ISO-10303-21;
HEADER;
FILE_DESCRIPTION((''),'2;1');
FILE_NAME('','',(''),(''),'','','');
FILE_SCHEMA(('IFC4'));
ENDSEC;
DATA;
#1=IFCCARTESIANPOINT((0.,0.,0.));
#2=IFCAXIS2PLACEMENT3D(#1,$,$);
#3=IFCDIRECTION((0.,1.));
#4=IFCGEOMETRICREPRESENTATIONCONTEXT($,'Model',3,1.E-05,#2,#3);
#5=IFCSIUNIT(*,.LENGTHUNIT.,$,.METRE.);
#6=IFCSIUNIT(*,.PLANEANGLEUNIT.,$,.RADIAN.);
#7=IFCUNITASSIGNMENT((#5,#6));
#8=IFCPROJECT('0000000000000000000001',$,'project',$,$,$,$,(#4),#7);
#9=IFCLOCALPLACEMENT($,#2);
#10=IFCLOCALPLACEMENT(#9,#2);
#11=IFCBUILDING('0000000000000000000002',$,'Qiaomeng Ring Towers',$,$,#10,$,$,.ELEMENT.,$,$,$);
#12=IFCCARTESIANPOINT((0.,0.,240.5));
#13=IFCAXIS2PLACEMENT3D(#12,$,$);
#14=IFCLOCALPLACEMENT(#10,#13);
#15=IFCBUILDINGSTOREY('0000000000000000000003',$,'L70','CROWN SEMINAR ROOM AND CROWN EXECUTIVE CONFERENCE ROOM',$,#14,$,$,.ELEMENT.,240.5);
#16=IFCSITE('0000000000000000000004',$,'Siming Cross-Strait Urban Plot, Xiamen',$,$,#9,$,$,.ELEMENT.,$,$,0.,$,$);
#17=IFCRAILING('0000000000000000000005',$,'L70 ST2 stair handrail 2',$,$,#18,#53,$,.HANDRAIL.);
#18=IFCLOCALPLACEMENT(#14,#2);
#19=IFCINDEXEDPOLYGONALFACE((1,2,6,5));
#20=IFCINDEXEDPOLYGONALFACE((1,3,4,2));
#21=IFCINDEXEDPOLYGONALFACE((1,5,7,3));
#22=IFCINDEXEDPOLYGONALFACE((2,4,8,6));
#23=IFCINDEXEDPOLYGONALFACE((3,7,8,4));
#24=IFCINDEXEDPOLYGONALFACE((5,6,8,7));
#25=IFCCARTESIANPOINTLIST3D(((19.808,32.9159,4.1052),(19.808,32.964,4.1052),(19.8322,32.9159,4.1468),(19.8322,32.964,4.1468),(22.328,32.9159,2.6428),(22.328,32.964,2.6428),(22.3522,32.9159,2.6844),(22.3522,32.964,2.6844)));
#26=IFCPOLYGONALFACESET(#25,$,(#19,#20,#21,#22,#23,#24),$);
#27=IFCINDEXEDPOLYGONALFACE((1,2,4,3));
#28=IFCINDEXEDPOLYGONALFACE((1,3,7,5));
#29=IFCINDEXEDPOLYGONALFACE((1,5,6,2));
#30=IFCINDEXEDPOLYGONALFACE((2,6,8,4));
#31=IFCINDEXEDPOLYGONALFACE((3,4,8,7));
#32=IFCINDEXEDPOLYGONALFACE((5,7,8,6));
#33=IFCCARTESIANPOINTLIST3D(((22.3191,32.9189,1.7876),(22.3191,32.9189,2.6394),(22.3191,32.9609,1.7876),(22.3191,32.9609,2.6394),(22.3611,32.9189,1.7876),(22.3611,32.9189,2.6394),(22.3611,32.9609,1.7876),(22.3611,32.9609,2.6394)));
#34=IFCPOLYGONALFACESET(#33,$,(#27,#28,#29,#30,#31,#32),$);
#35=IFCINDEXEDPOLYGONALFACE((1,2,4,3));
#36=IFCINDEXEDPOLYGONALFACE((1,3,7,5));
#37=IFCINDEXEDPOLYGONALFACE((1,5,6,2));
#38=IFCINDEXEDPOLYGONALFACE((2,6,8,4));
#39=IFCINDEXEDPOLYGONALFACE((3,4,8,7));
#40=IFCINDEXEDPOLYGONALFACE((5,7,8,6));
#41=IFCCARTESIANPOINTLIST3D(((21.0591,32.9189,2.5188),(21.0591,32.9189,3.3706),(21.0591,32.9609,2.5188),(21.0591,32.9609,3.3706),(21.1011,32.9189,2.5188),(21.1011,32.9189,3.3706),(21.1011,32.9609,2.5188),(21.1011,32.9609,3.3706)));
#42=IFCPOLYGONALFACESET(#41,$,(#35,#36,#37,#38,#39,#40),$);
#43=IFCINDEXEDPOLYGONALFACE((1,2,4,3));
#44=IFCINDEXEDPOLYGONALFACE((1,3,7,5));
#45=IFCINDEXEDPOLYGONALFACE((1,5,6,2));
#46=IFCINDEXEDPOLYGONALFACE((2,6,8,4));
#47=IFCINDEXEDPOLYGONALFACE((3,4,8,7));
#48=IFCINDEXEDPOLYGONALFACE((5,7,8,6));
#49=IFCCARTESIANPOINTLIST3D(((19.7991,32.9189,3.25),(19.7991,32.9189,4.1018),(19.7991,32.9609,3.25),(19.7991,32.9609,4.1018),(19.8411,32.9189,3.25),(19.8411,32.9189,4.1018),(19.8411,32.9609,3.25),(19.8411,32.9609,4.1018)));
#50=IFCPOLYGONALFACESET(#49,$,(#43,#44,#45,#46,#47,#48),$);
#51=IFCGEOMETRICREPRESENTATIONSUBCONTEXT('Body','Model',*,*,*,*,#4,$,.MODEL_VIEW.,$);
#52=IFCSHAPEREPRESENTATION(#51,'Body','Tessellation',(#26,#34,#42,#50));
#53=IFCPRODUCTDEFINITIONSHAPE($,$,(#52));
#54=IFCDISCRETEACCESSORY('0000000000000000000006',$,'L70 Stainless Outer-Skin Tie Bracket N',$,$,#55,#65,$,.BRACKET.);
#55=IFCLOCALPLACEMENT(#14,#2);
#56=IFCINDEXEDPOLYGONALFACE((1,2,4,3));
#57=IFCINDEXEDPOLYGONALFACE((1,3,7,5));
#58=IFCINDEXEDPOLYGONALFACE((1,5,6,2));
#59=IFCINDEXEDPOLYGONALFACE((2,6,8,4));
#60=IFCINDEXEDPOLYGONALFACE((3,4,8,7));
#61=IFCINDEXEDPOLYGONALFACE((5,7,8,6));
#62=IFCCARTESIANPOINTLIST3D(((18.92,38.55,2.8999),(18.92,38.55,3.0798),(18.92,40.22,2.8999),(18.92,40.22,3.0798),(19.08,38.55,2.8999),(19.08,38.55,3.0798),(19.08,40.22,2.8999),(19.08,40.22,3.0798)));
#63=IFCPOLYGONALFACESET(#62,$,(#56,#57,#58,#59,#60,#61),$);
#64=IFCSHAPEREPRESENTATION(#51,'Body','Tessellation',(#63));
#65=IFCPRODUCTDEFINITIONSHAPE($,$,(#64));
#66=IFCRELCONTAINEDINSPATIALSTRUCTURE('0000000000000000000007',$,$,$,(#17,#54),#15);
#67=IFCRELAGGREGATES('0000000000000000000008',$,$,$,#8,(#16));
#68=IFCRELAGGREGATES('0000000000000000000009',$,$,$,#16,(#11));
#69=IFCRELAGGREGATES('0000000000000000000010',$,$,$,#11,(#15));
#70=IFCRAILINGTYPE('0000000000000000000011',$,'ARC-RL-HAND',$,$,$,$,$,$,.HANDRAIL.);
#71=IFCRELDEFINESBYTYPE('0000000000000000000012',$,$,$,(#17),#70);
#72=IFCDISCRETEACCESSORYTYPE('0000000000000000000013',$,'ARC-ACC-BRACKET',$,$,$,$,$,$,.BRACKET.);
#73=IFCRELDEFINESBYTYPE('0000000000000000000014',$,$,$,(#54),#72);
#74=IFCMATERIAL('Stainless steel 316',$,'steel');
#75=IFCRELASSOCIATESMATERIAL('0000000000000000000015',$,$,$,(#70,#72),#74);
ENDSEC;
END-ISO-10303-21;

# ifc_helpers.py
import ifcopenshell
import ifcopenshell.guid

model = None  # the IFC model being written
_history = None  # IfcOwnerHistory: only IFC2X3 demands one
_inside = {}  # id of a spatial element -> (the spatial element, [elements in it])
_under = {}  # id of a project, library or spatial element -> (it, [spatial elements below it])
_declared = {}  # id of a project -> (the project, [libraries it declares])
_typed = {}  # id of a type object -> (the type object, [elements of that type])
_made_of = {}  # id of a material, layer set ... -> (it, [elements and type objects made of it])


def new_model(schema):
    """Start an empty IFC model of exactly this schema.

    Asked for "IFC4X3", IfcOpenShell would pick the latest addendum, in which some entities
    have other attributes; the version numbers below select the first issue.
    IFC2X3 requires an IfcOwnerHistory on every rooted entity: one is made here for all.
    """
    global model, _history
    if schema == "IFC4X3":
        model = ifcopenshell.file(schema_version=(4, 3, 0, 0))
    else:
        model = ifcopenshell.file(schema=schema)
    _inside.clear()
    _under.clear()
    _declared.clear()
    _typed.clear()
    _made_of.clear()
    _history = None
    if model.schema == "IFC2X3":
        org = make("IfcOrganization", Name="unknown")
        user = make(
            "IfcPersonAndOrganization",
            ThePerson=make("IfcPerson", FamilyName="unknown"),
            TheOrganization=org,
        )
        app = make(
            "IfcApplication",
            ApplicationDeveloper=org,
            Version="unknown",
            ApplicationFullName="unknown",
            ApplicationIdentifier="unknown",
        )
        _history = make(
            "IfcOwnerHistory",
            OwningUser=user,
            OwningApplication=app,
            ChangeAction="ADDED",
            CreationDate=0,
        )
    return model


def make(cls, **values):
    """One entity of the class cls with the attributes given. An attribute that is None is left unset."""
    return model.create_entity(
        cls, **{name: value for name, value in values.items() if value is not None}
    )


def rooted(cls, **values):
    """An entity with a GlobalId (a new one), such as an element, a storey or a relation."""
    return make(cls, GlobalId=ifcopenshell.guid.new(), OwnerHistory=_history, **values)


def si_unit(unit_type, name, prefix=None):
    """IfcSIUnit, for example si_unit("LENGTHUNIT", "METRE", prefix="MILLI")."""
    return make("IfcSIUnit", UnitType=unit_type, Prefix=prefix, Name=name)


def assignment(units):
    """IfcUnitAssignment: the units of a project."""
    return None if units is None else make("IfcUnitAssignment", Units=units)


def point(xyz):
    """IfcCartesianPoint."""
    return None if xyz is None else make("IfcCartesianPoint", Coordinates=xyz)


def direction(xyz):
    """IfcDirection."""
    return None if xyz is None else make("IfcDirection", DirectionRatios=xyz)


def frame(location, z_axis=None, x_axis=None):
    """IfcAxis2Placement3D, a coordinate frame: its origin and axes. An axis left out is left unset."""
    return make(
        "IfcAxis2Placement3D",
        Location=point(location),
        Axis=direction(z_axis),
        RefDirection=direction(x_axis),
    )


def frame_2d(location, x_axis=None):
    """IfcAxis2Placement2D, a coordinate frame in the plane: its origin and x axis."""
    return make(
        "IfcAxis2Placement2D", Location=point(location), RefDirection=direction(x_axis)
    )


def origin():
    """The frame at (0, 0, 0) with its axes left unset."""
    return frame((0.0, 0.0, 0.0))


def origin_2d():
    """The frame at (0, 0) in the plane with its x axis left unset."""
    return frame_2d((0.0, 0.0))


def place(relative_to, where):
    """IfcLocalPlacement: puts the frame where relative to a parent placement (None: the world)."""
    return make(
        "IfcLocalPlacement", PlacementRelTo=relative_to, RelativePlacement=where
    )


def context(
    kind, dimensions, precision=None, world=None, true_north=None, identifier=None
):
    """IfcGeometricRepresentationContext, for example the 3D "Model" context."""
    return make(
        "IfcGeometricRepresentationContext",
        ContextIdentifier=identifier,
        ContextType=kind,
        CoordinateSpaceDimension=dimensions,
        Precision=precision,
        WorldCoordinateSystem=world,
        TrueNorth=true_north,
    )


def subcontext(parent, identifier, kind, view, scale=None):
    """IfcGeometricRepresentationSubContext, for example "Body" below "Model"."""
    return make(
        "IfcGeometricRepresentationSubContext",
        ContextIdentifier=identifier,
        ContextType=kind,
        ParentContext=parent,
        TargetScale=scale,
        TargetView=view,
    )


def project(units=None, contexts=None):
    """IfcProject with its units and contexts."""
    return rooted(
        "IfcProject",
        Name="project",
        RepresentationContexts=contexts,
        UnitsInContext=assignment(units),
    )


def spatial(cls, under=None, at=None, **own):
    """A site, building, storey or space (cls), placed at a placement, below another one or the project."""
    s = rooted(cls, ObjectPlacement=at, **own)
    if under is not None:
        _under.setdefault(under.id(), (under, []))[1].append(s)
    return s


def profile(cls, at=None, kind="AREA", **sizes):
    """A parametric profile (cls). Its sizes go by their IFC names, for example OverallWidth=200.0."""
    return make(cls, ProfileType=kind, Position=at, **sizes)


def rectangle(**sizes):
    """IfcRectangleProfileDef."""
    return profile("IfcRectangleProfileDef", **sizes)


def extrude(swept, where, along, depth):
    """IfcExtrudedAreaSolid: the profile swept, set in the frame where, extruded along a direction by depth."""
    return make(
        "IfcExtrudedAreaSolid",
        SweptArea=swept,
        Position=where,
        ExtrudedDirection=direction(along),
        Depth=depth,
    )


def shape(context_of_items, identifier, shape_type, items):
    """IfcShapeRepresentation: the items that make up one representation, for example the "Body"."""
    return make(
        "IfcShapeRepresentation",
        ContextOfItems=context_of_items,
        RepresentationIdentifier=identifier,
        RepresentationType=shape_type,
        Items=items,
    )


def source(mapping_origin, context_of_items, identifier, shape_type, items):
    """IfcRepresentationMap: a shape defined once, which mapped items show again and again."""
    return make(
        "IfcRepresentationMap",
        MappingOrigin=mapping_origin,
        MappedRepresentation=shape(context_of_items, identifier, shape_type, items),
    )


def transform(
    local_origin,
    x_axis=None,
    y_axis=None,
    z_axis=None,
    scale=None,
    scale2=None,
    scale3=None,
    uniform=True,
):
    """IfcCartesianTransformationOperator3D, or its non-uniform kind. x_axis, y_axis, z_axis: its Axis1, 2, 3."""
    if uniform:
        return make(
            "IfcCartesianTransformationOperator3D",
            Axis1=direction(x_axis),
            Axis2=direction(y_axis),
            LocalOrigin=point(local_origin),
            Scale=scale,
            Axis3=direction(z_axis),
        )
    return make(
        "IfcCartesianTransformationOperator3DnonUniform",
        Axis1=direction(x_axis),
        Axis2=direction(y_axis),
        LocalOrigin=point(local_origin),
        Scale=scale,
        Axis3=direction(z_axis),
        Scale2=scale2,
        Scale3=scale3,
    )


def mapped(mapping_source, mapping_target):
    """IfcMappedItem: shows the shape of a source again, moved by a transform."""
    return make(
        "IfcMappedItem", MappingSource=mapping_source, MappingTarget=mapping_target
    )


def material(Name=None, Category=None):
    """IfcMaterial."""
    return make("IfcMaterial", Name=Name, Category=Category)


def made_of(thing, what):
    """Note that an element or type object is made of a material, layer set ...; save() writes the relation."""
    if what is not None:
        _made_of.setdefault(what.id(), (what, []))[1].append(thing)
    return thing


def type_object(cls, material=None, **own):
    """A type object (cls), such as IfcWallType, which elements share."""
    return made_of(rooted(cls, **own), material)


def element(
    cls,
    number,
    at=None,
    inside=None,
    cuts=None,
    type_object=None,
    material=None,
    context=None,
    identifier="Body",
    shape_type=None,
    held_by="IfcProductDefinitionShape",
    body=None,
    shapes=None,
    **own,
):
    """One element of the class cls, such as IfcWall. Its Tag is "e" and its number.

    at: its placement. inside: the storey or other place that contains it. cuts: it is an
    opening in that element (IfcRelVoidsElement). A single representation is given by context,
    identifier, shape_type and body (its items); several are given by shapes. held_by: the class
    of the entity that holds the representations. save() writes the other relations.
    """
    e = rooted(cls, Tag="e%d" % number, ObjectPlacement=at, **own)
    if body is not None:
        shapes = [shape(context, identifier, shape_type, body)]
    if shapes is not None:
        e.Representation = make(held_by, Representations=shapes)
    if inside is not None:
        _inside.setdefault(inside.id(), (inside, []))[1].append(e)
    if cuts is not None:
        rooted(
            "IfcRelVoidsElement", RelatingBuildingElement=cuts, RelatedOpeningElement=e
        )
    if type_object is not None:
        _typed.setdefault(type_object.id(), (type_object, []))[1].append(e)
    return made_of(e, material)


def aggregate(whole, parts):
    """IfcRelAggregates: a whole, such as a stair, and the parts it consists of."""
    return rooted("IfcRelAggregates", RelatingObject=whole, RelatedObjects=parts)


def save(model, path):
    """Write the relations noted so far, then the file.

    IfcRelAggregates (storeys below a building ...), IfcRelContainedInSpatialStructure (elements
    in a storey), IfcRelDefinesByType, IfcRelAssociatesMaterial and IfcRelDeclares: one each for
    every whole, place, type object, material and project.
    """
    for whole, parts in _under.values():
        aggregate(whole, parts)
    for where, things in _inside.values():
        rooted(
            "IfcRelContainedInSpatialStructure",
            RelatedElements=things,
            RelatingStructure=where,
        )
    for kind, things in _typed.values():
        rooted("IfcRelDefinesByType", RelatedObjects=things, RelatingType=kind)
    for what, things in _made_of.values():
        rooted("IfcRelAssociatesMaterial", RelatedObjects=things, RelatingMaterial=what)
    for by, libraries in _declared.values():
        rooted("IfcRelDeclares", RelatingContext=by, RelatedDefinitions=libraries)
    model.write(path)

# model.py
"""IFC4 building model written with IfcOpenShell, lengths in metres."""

from ifc_helpers import new_model, si_unit, direction, frame, origin, origin_2d, place, context, subcontext, project, spatial, rectangle, extrude, source, transform, mapped, material, type_object, element, save


model = new_model("IFC4")

# Units and contexts
model_context = context("Model", 3, precision=1e-05, world=origin(), true_north=direction((0.0, 1.0)))
body_context = subcontext(model_context, "Body", "Model", "MODEL_VIEW")
ifc_project = project(units=[si_unit("LENGTHUNIT", "METRE"), si_unit("PLANEANGLEUNIT", "RADIAN")], contexts=[model_context])

# Site, building, storey
site_placement = place(None, origin())
site = spatial("IfcSite", under=ifc_project, at=site_placement, Name="Siming Cross-Strait Urban Plot, Xiamen", CompositionType="ELEMENT", RefElevation=0.0)
building_placement = place(site_placement, origin())
building = spatial("IfcBuilding", under=site, at=building_placement, Name="Qiaomeng Ring Towers", CompositionType="ELEMENT")
storey_placement = place(building_placement, frame((0.0, 0.0, 240.5)))
storey = spatial("IfcBuildingStorey", under=building, at=storey_placement, Name="L70", Description="CROWN SEMINAR ROOM AND CROWN EXECUTIVE CONFERENCE ROOM", CompositionType="ELEMENT", Elevation=240.5)

# Railing
ifc_material_1 = material(Name="Stainless steel 316", Category="steel")
railing_type_1 = type_object("IfcRailingType", Name="ARC-RL-HAND", PredefinedType="HANDRAIL", material=ifc_material_1)
railing_1_placement = place(storey_placement, frame((22.3401, 32.9399, 1.7876)))
element("IfcRailing", 1, at=railing_1_placement, inside=storey, type_object=railing_type_1, Name="L70 ST2 stair handrail 2", PredefinedType="HANDRAIL", context=body_context, shape_type="SweptSolid", body=[
    extrude(rectangle(XDim=0.0481, YDim=0.0481, at=origin_2d()), frame((0.0, 0.0, 0.876), z_axis=(-0.864913, 0.0, 0.501921), x_axis=(0.0, -1.0, 0.0)), (0.0, 0.0, 1.0), 2.9136),
    extrude(rectangle(XDim=0.042, YDim=0.042, at=origin_2d()), origin(), (0.0, 0.0, 1.0), 0.8518),
    extrude(rectangle(XDim=0.042, YDim=0.042, at=origin_2d()), frame((-1.26, 0.0, 0.7312)), (0.0, 0.0, 1.0), 0.8518),
    extrude(rectangle(XDim=0.042, YDim=0.042, at=origin_2d()), frame((-2.52, 0.0, 1.4624)), (0.0, 0.0, 1.0), 0.8518),
])

# Discrete accessory
discrete_accessory_type = type_object("IfcDiscreteAccessoryType", Name="ARC-ACC-BRACKET", PredefinedType="BRACKET", material=ifc_material_1)
shared_shape_1 = source(origin(), body_context, "Body", "SweptSolid", [
    extrude(rectangle(XDim=0.1599, YDim=1.6699, at=origin_2d()), origin(), (0.0, 0.0, 1.0), 0.1799),
])
discrete_accessory_placement = place(storey_placement, frame((19.0, 39.385, 2.8999), z_axis=(0.0, 0.0, 1.0), x_axis=(1.0, 0.0, 0.0)))
element("IfcDiscreteAccessory", 2, at=discrete_accessory_placement, inside=storey, type_object=discrete_accessory_type, Name="L70 Stainless Outer-Skin Tie Bracket N", PredefinedType="BRACKET", context=body_context, shape_type="MappedRepresentation", body=[
    mapped(shared_shape_1, transform((0.0, 0.0, 0.0), x_axis=(1.0, 0.0, 0.0), y_axis=(0.0, 1.0, 0.0), z_axis=(0.0, 0.0, 1.0), scale=1.0)),
])

save(model, "model.ifc")
